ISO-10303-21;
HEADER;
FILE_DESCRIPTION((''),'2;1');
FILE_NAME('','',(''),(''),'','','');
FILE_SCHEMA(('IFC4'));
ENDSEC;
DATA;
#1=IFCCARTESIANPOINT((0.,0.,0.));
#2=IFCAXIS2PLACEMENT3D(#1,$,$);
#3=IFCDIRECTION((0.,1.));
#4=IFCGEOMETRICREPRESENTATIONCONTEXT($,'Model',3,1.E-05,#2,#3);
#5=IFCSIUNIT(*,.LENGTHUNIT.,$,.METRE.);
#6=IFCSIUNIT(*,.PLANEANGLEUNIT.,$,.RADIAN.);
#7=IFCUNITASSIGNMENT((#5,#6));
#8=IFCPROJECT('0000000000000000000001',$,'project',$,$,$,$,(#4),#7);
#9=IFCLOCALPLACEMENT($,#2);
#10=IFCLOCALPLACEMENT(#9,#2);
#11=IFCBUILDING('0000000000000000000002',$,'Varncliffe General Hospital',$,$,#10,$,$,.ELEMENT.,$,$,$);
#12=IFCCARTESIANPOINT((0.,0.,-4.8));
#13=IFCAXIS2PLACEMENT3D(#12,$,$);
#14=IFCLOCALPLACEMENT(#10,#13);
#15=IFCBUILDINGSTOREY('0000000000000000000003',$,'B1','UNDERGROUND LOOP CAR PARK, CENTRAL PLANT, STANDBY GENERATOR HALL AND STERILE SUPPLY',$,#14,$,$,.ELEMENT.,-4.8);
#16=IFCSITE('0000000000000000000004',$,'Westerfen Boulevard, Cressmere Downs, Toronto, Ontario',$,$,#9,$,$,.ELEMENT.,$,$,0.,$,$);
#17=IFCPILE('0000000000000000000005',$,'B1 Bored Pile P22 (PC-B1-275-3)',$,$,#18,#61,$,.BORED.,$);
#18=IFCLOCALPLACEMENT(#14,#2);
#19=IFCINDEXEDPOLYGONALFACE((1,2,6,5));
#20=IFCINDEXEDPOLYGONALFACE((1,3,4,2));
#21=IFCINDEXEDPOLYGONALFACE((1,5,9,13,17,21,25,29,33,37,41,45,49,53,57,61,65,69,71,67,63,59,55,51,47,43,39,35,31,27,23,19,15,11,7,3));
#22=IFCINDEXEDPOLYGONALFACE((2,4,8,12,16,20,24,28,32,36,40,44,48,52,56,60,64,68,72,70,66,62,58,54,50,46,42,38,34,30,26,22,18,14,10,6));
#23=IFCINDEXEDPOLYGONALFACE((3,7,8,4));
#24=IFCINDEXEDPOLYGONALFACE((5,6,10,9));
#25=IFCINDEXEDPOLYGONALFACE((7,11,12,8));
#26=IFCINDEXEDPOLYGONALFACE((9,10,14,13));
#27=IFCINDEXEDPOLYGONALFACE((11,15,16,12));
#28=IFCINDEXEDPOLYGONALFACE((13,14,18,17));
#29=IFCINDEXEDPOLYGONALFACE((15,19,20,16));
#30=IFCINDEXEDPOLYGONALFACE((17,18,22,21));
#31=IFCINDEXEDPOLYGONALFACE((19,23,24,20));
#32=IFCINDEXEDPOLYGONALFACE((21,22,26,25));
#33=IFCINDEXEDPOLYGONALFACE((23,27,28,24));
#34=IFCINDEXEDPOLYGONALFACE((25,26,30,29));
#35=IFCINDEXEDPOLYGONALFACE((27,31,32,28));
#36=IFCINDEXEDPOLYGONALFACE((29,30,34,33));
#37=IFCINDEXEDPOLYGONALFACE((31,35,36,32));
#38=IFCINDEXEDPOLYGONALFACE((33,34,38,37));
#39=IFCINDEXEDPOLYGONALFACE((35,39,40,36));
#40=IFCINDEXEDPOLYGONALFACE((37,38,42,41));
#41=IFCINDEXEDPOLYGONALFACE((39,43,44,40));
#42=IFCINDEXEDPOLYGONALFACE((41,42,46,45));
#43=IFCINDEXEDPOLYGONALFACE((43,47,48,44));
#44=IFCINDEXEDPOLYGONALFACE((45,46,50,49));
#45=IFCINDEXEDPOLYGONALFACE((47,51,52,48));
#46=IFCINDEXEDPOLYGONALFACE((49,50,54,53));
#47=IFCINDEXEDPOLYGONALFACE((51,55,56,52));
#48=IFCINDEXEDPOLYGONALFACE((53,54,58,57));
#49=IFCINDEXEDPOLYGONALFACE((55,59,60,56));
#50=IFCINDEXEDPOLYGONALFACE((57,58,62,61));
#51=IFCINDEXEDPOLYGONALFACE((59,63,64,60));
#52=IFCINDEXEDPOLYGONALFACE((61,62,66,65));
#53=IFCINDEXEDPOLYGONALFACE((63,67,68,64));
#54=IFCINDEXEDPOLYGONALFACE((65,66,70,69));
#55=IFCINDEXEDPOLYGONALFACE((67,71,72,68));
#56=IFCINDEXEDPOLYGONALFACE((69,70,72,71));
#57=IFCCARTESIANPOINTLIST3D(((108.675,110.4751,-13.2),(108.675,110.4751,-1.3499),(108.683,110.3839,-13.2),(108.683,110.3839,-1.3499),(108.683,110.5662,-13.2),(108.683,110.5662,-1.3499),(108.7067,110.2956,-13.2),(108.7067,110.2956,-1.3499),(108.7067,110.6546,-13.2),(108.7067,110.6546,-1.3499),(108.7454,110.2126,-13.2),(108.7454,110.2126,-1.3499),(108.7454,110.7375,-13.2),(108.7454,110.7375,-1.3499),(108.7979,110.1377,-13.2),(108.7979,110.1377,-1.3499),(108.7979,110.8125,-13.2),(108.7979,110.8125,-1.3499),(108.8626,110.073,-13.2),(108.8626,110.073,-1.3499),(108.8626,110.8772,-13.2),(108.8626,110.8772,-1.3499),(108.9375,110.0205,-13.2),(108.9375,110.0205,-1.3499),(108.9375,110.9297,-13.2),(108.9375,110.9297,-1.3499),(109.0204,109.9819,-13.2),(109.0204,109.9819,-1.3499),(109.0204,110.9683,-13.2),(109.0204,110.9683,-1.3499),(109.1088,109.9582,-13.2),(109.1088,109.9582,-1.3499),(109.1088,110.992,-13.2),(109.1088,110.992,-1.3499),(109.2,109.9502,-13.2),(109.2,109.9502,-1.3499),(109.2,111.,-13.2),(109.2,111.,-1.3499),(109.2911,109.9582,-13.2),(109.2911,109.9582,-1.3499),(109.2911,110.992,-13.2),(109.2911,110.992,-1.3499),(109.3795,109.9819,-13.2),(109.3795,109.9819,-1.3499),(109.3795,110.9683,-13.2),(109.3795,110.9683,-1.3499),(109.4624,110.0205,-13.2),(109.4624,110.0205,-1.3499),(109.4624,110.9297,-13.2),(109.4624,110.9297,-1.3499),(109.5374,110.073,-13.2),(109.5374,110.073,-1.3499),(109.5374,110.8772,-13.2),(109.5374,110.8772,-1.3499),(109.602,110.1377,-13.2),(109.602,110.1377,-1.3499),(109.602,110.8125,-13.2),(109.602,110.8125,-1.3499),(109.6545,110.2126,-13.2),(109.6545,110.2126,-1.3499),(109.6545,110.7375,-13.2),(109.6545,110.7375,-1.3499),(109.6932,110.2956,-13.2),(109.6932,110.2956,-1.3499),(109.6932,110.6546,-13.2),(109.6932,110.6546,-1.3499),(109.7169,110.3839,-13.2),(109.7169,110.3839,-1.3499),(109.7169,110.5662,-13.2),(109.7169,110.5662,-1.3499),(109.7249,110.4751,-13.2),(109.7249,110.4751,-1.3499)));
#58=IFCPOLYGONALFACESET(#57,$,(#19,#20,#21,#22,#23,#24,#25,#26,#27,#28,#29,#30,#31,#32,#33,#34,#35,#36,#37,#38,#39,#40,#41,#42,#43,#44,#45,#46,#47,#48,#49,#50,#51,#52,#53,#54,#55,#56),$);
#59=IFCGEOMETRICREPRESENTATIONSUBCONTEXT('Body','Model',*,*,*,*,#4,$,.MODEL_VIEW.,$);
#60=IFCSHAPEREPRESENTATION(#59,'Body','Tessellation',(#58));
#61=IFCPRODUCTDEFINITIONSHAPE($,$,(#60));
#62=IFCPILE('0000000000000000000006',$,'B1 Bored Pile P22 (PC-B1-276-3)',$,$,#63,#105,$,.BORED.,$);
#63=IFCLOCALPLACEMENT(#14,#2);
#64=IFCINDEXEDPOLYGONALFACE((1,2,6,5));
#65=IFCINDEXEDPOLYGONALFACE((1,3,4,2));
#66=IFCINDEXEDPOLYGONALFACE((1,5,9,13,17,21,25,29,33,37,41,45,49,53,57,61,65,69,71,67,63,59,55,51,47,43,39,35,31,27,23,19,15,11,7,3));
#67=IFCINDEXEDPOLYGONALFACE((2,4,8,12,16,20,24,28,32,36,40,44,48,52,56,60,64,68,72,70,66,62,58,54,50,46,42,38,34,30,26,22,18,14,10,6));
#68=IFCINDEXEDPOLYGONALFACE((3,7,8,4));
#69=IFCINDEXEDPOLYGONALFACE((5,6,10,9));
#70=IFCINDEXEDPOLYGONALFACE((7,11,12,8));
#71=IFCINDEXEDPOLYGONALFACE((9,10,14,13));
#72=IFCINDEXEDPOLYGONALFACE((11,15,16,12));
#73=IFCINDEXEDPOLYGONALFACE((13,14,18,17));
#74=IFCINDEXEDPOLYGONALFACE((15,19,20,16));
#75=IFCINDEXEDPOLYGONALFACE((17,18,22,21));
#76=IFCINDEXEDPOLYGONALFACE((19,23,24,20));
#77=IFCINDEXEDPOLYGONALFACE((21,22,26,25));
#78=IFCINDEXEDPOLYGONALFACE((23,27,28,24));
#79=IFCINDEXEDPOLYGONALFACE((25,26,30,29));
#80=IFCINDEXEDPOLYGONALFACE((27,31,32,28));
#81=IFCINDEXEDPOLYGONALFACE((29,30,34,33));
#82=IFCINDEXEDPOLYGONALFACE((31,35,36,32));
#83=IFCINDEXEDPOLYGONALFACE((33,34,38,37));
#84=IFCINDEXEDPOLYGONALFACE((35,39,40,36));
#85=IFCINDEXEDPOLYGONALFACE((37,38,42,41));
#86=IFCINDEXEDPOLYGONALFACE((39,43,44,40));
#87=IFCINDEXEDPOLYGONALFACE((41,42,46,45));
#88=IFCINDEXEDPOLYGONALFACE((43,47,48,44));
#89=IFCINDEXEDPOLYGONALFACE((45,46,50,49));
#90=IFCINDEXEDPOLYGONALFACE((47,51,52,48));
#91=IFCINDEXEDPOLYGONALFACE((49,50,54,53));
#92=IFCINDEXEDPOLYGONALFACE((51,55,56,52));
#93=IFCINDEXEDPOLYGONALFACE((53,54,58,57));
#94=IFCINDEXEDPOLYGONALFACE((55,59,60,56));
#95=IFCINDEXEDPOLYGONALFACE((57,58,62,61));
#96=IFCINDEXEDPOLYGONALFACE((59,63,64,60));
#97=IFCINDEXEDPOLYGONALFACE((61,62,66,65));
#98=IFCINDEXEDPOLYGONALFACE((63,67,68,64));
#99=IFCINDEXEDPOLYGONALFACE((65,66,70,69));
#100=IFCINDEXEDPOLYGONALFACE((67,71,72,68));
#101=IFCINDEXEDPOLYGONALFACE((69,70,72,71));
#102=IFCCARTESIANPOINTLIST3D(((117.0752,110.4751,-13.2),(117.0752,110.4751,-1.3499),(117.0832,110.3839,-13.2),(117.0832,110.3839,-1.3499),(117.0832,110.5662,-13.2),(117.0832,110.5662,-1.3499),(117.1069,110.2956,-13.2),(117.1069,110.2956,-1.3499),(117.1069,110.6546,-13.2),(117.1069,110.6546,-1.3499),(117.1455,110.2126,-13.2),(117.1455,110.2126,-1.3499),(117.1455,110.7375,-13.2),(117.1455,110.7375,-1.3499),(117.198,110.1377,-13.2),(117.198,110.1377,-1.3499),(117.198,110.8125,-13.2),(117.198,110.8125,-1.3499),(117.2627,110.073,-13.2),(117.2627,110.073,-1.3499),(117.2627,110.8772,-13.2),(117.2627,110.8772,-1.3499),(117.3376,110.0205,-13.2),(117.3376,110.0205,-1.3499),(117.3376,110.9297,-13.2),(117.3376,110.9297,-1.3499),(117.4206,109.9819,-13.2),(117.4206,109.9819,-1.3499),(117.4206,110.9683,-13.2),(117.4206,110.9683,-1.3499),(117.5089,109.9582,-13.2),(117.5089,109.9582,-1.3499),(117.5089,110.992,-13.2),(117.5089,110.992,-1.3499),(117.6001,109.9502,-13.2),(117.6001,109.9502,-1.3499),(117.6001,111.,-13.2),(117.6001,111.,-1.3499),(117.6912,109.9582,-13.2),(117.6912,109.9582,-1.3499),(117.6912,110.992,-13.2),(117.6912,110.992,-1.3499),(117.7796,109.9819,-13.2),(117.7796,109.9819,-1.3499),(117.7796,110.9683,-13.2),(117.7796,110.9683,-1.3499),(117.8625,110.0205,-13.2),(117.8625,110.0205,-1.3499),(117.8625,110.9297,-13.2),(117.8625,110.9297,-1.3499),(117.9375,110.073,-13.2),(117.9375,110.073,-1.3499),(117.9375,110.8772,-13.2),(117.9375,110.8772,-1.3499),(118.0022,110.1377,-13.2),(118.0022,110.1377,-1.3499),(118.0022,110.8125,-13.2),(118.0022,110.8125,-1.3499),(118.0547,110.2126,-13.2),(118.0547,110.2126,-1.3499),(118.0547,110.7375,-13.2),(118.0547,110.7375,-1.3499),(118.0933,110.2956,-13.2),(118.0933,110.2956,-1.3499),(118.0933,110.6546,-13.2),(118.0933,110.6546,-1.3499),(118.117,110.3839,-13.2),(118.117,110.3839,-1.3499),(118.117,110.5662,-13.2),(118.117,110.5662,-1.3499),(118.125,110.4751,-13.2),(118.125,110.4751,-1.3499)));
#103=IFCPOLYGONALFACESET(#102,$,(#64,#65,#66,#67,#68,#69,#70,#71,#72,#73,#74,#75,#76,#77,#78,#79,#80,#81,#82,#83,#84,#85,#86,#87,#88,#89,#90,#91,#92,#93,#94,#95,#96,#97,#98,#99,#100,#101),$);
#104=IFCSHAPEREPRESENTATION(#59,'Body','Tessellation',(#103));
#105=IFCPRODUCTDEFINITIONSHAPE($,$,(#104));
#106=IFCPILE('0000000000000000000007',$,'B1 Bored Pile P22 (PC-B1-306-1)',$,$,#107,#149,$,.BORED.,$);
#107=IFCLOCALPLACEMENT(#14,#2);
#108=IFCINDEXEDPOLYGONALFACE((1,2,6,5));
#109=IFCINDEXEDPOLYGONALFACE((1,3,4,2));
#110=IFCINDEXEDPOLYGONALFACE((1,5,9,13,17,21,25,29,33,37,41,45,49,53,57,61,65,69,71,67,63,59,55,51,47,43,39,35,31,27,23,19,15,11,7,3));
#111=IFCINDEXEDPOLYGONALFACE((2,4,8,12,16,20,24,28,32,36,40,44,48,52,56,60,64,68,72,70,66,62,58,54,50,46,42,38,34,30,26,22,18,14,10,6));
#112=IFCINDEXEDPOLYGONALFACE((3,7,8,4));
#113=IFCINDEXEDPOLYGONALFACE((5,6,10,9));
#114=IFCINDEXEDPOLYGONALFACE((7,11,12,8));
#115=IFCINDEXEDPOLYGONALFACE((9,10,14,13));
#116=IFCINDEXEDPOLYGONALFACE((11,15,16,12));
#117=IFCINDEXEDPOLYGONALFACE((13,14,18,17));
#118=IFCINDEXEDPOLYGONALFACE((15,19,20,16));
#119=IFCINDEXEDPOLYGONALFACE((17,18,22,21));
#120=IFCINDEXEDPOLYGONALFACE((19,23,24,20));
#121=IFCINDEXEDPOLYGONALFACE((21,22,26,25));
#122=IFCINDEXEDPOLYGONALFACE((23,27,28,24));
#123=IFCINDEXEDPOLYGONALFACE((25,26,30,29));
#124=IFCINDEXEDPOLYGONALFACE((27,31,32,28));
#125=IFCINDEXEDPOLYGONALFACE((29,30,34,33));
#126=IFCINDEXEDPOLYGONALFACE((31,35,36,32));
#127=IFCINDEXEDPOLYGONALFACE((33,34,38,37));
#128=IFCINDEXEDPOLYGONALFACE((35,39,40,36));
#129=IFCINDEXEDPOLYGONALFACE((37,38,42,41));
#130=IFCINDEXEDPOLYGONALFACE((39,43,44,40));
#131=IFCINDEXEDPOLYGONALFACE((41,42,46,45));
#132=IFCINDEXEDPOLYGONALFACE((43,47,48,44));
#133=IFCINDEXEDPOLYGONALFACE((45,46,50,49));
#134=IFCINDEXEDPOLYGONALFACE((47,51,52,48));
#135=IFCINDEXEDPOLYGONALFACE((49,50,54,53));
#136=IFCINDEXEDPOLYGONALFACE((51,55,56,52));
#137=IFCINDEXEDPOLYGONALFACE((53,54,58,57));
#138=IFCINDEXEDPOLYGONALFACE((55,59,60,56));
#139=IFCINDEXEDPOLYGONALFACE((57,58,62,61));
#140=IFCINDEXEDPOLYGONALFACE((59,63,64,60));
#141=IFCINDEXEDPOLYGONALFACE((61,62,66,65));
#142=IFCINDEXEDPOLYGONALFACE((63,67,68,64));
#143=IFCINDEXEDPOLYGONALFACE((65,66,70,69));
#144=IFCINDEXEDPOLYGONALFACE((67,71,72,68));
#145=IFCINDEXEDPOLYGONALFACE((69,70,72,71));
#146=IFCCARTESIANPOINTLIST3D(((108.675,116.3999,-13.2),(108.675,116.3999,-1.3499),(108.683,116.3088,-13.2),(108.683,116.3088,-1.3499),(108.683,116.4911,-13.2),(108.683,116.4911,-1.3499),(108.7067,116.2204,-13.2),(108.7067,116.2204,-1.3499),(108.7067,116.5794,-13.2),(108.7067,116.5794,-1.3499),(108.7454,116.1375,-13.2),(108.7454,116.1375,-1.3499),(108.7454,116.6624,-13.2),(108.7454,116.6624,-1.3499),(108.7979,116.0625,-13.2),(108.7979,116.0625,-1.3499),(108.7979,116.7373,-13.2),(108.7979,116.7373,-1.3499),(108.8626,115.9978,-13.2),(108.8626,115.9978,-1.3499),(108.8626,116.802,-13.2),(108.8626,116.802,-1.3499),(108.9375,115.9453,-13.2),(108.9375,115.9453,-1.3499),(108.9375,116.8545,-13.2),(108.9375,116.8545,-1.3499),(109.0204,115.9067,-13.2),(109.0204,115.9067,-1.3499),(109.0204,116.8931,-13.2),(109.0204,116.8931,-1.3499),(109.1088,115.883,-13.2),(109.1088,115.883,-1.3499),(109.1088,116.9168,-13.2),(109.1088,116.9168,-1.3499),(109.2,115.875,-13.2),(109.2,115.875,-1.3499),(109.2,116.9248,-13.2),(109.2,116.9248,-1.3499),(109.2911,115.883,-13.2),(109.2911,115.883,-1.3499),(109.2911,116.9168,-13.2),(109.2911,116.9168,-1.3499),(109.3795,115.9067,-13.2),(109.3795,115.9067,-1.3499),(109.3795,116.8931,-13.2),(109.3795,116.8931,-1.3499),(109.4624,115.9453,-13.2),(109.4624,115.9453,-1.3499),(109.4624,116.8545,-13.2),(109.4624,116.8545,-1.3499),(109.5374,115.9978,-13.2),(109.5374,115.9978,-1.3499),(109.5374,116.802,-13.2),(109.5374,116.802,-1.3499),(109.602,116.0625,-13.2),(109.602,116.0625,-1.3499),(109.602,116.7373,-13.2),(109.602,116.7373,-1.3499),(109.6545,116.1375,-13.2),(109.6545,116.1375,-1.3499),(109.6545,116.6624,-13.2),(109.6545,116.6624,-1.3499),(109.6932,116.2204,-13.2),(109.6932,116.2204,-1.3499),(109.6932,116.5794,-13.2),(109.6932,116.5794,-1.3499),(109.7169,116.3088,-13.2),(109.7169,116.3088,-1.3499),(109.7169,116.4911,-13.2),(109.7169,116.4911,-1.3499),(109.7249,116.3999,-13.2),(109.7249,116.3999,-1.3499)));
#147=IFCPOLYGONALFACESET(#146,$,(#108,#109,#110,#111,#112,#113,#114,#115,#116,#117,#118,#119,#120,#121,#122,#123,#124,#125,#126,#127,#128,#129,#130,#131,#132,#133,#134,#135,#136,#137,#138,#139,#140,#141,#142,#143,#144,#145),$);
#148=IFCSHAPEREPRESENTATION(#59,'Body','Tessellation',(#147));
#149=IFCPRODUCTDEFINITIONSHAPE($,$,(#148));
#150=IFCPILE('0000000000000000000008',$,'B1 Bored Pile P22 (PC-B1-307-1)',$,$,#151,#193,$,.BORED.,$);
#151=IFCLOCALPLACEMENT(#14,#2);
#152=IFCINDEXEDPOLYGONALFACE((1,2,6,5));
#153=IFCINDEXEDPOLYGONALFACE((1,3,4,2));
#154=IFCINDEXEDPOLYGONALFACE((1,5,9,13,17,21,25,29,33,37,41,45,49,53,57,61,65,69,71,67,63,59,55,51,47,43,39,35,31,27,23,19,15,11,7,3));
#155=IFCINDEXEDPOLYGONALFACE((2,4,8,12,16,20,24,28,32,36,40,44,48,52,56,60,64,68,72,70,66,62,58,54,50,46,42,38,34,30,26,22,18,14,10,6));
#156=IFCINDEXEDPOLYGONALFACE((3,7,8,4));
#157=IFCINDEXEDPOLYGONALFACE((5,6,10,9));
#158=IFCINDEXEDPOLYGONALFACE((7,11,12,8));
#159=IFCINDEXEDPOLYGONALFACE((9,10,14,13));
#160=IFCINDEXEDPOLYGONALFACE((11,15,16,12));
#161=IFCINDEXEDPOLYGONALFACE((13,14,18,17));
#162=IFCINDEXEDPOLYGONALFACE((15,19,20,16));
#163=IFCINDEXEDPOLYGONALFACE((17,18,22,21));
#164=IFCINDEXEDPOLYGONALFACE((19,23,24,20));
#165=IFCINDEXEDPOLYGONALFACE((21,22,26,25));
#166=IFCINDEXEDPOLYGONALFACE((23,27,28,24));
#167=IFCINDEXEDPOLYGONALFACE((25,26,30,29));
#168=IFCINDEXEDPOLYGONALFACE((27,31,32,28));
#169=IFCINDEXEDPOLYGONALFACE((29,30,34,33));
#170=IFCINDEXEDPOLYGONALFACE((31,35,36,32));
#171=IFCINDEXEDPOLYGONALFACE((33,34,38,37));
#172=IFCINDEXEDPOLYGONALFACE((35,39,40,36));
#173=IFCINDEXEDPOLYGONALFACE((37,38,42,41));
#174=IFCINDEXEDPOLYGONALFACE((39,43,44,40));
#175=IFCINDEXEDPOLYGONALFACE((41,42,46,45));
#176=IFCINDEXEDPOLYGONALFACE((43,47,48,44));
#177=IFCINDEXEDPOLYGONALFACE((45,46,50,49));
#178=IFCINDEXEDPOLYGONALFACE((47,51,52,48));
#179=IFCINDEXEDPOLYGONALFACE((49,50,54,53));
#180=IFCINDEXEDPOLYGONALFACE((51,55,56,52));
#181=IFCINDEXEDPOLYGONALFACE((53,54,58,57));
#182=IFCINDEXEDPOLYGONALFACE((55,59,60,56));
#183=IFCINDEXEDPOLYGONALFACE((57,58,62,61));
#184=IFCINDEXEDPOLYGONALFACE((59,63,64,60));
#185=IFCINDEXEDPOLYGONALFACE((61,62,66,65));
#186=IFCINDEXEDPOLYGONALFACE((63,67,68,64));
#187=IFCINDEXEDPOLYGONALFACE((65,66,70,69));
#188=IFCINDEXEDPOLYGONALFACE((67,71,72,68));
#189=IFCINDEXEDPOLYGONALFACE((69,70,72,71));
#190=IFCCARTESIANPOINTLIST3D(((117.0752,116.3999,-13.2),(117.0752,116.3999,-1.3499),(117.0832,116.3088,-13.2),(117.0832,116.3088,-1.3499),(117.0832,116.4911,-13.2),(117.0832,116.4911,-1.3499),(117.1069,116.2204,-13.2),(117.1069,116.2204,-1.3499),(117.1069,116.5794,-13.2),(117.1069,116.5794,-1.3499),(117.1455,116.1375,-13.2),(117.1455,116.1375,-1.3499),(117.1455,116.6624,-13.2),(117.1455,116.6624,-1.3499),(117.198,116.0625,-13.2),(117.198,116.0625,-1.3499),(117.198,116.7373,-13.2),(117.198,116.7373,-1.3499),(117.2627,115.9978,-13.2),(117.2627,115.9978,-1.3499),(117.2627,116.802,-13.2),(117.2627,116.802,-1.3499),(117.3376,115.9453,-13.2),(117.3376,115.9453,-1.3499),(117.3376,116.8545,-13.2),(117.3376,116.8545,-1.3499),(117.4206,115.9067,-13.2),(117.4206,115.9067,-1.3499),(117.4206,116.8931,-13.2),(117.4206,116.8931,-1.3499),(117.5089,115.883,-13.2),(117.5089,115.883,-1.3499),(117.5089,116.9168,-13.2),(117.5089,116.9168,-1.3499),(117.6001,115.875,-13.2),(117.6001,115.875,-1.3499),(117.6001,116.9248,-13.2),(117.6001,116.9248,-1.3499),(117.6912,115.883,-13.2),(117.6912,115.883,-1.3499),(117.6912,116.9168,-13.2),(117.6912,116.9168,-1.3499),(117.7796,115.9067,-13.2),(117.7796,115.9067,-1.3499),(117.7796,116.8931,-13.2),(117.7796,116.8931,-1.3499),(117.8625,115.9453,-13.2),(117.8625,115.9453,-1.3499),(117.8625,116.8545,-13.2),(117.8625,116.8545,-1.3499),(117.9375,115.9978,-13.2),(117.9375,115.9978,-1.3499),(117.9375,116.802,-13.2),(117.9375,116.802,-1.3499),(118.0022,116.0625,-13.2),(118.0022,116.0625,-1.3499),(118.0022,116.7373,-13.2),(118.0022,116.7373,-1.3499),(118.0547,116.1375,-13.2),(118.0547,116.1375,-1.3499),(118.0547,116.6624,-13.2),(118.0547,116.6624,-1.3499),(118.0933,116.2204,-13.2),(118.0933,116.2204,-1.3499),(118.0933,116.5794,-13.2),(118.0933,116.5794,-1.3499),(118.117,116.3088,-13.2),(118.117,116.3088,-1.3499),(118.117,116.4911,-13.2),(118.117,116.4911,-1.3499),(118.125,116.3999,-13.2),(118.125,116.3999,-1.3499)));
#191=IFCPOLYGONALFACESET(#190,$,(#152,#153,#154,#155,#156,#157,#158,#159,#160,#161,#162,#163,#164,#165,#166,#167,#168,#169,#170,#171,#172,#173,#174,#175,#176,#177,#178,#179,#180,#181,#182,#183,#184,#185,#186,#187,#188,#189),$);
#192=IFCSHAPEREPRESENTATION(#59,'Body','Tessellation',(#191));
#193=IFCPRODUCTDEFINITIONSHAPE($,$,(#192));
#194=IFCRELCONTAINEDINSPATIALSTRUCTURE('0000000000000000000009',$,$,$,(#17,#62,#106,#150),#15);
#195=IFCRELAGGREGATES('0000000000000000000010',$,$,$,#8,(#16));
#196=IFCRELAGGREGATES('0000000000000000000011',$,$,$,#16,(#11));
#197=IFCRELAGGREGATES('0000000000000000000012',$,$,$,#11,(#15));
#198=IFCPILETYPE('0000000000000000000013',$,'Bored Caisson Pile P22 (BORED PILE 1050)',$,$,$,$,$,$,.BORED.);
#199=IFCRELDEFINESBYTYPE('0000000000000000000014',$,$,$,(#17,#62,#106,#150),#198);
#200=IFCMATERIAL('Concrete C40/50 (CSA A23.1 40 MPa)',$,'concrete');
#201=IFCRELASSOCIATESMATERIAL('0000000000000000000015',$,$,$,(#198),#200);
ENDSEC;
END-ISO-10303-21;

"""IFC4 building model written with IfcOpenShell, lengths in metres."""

from ifc_helpers import new_model, si_unit, direction, frame, origin, origin_2d, place, context, subcontext, project, spatial, circle, extrude, material, material_profile, profile_set, type_object, element, save


model = new_model("IFC4")

# Units and contexts
model_context = context("Model", 3, precision=1e-05, world=origin(), true_north=direction((0.0, 1.0)))
body_context = subcontext(model_context, "Body", "Model", "MODEL_VIEW")
ifc_project = project(units=[si_unit("LENGTHUNIT", "METRE"), si_unit("PLANEANGLEUNIT", "RADIAN")], contexts=[model_context])

# Site, building, storey
site_placement = place(None, origin())
site = spatial("IfcSite", under=ifc_project, at=site_placement, Name="Westerfen Boulevard, Cressmere Downs, Toronto, Ontario", CompositionType="ELEMENT", RefElevation=0.0)
building_placement = place(site_placement, origin())
building = spatial("IfcBuilding", under=site, at=building_placement, Name="Varncliffe General Hospital", CompositionType="ELEMENT")
storey_placement = place(building_placement, frame((0.0, 0.0, -4.8)))
storey = spatial("IfcBuildingStorey", under=building, at=storey_placement, Name="B1", Description="UNDERGROUND LOOP CAR PARK, CENTRAL PLANT, STANDBY GENERATOR HALL AND STERILE SUPPLY", CompositionType="ELEMENT", Elevation=-4.8)

# Piles
ifc_material_1 = material(Name="Concrete C40/50 (CSA A23.1 40 MPa)", Category="concrete")
ifc_material_profile_1 = material_profile(ifc_material_1, circle(Radius=0.5249, at=origin_2d()), Name="BORED PILE 1050")
ifc_profile_set_1 = profile_set([ifc_material_profile_1], Name="Concrete C40/50 (CSA A23.1 40 MPa)")
pile_type = type_object("IfcPileType", Name="Bored Caisson Pile P22 (BORED PILE 1050)", PredefinedType="BORED", material=ifc_profile_set_1)
for number, where, z_axis, x_axis, name in (
    (1, (109.2, 110.4751, -1.3499), (0.0, 0.0, -1.0), (1.0, 0.0, 0.0), "B1 Bored Pile P22 (PC-B1-275-3)"),
    (2, (117.6001, 110.4751, -1.3499), (0.0, 0.0, -1.0), (1.0, 0.0, 0.0), "B1 Bored Pile P22 (PC-B1-276-3)"),
    (3, (109.2, 116.3999, -1.3499), (0.0, 0.0, -1.0), (1.0, 0.0, 0.0), "B1 Bored Pile P22 (PC-B1-306-1)"),
    (4, (117.6001, 116.3999, -1.3499), (0.0, 0.0, -1.0), (1.0, 0.0, 0.0), "B1 Bored Pile P22 (PC-B1-307-1)"),
):
    element("IfcPile", number, at=place(storey_placement, frame(where, z_axis=z_axis, x_axis=x_axis)), inside=storey, type_object=pile_type, Name=name, PredefinedType="BORED", context=body_context, shape_type="SweptSolid", body=[
        extrude(circle(Radius=0.5249, at=origin_2d()), origin(), (0.0, 0.0, 1.0), 11.8501),
    ])

save(model, "model.ifc")
